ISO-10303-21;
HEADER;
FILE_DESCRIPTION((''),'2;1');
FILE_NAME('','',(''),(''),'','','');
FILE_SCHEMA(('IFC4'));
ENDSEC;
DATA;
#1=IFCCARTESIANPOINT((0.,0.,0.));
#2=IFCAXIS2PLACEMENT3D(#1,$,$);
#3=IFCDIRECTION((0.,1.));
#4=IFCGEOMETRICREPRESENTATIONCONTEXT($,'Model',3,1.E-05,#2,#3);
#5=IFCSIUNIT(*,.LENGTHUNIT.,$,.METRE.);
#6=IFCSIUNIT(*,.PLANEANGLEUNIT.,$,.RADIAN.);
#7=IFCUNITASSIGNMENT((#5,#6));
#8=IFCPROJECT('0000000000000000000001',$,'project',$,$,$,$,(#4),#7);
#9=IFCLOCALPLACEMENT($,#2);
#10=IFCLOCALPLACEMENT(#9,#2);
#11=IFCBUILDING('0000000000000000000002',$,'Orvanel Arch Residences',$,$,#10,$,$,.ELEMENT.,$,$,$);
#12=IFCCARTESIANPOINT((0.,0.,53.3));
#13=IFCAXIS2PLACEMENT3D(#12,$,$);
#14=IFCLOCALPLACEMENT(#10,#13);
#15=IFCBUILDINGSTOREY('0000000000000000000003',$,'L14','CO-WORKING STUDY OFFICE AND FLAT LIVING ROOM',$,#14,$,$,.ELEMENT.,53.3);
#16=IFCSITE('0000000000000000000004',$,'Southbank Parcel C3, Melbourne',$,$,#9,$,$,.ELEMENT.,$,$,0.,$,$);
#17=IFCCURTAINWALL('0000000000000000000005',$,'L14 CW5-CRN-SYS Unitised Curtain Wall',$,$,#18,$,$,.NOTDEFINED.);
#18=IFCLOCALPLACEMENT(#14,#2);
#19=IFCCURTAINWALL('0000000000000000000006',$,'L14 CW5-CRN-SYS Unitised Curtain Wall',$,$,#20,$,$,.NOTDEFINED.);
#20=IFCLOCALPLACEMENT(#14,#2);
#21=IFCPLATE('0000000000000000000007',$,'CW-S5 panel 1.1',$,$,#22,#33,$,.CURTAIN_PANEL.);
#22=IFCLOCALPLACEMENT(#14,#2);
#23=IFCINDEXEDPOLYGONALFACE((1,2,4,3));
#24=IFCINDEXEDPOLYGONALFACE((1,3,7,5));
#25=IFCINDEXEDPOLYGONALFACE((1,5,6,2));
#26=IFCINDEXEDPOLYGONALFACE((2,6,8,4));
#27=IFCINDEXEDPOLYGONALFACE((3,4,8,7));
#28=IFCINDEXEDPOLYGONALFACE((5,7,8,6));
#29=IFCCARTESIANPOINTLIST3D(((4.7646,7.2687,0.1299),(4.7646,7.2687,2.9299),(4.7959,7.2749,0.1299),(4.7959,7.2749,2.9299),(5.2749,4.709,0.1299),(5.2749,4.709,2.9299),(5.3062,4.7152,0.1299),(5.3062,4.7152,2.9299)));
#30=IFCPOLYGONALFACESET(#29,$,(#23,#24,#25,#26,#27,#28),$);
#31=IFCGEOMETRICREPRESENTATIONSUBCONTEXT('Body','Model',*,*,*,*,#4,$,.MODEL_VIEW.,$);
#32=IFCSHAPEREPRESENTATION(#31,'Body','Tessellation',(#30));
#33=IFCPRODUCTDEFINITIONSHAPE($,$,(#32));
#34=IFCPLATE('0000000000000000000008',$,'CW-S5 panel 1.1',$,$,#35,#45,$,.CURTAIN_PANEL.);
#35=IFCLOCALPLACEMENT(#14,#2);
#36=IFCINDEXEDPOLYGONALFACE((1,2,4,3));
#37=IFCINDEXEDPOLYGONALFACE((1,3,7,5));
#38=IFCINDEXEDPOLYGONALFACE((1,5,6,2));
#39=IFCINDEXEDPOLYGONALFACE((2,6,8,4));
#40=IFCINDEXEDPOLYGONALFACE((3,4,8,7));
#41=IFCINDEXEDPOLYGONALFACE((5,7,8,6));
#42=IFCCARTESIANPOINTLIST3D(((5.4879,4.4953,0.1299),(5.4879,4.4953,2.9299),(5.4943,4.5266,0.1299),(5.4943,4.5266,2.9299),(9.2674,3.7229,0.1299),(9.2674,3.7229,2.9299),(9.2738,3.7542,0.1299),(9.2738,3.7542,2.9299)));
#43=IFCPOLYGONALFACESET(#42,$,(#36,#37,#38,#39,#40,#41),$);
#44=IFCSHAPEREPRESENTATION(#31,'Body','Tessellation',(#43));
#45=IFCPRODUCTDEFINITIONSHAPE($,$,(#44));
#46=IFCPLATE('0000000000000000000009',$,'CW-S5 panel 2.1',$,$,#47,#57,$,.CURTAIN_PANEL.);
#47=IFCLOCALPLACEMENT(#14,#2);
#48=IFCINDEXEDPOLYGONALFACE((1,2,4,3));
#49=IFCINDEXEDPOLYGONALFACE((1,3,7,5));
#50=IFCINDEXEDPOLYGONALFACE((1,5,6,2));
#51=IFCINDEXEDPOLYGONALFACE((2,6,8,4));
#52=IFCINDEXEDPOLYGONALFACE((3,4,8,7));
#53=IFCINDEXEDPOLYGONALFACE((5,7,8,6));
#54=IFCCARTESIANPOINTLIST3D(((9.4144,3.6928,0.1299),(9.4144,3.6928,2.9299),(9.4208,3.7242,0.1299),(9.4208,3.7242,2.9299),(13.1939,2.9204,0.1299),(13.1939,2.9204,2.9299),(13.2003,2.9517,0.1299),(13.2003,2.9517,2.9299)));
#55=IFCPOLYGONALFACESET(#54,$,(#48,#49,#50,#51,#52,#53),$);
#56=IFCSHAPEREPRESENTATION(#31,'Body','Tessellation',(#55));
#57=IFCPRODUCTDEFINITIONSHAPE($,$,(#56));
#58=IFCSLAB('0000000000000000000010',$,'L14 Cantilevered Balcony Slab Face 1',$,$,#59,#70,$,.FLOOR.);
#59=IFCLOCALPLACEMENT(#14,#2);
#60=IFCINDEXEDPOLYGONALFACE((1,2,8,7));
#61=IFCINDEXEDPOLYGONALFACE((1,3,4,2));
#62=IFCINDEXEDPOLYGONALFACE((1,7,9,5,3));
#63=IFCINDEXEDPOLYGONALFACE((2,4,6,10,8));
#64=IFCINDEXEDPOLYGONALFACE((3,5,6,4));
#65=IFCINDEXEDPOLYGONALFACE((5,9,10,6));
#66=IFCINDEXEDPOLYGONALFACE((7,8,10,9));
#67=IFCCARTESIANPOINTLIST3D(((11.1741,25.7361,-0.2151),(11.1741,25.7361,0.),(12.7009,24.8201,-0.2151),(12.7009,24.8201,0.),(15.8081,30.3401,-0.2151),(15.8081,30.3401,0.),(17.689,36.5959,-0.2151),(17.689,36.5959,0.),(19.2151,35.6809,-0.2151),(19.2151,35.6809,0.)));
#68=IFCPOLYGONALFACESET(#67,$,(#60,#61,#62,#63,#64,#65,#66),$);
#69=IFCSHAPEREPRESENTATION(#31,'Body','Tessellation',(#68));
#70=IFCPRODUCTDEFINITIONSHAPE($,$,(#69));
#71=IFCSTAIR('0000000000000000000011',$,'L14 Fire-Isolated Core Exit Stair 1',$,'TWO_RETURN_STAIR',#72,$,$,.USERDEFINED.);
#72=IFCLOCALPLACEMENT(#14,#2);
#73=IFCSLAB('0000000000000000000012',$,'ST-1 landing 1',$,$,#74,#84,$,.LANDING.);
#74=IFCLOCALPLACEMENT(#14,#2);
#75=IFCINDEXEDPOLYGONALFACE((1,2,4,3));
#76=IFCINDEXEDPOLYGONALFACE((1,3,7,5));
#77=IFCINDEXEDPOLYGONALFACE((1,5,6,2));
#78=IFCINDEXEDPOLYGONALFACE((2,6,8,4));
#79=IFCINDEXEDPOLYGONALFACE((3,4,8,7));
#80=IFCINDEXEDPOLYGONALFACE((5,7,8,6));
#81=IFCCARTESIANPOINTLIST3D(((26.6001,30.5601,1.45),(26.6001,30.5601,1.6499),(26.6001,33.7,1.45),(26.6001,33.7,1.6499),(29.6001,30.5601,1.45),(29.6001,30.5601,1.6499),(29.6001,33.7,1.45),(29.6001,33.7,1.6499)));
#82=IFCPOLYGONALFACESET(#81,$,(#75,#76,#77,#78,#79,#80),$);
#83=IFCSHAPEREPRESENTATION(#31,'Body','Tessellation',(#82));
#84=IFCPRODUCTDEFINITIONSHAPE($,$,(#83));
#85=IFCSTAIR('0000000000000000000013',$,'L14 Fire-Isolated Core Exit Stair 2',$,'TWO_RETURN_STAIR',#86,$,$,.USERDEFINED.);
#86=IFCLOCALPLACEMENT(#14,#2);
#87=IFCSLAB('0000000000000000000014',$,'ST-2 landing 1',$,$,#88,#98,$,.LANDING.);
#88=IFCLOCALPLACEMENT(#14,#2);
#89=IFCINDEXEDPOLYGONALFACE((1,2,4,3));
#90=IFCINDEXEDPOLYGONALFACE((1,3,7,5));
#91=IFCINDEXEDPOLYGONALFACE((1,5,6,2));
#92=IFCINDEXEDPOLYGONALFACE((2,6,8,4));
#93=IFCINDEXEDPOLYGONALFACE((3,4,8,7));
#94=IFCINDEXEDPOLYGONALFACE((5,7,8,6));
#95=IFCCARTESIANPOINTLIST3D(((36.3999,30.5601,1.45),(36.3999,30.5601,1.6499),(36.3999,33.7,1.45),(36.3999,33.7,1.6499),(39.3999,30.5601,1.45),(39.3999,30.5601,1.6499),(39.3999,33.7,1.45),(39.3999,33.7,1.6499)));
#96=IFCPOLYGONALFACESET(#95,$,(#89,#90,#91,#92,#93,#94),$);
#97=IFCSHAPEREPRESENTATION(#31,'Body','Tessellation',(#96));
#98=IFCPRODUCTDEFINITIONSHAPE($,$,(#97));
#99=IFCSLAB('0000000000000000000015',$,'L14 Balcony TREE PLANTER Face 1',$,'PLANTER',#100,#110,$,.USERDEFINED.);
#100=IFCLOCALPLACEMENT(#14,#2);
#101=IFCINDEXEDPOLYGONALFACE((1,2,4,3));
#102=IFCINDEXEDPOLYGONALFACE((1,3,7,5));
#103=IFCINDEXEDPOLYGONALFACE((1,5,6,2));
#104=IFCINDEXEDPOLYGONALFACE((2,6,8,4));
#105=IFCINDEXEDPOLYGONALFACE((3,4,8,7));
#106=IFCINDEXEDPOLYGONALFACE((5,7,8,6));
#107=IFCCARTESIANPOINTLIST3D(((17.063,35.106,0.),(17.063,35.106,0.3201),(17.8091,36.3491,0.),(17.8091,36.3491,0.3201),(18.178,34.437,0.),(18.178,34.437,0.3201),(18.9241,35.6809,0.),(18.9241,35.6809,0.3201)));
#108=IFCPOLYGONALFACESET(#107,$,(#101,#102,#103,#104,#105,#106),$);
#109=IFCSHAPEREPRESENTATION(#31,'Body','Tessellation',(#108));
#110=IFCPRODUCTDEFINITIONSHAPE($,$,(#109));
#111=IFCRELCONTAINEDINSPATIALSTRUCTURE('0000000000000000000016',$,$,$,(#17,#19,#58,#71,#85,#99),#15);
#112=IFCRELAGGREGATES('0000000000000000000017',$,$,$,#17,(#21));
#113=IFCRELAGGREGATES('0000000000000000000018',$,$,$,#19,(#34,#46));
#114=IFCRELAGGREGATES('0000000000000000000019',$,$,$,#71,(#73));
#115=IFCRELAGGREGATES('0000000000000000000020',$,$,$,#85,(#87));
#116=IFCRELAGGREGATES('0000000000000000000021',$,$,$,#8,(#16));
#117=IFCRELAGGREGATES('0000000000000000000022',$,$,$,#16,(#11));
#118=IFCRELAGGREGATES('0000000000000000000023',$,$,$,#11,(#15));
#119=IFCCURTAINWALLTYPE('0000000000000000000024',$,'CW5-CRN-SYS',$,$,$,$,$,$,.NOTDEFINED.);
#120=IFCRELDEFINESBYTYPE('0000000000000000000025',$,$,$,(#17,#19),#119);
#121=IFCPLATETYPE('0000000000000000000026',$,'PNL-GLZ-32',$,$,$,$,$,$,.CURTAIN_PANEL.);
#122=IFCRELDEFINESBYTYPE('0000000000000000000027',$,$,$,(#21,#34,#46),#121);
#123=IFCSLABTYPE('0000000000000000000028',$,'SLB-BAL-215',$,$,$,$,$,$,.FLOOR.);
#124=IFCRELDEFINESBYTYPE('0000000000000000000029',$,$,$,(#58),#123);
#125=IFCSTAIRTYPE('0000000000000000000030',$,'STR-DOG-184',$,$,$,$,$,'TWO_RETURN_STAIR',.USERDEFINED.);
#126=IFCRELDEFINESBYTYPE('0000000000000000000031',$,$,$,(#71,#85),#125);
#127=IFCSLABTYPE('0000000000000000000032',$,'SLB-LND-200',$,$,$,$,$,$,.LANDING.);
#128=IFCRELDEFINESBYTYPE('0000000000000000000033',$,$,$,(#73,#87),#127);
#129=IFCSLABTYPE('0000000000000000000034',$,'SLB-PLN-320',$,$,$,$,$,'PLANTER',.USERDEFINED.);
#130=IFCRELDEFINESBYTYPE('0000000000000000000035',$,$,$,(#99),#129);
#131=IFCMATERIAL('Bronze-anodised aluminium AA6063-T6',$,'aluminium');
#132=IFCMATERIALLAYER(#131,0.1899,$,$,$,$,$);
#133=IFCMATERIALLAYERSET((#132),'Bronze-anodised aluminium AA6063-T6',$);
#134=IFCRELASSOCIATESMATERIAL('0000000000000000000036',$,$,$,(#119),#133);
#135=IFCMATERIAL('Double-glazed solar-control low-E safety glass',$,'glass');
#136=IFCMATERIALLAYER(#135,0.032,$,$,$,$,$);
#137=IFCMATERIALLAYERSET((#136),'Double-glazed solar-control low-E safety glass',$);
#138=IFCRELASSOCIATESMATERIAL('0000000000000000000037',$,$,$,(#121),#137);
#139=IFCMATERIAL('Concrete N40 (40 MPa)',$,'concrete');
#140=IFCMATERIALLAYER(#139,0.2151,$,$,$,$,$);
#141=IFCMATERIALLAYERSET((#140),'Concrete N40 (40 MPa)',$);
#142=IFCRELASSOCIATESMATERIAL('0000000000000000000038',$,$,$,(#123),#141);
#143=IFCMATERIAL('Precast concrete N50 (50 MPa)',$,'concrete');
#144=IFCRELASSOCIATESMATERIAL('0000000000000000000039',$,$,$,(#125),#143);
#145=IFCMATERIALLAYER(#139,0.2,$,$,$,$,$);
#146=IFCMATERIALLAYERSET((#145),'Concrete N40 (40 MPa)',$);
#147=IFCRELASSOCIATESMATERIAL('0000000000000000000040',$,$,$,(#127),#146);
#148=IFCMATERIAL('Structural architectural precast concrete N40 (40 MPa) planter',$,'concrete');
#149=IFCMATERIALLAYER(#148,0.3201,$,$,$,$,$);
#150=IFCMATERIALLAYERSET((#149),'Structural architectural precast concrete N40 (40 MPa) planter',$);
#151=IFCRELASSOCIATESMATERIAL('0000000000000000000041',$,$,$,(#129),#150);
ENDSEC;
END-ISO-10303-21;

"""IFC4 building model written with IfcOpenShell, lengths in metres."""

from ifc_helpers import new_model, si_unit, direction, frame, origin, origin_2d, place, context, subcontext, project, spatial, polyline, rectangle, outline, extrude, material, layer, layer_set, type_object, element, aggregate, save


model = new_model("IFC4")

# Units and contexts
model_context = context("Model", 3, precision=1e-05, world=origin(), true_north=direction((0.0, 1.0)))
body_context = subcontext(model_context, "Body", "Model", "MODEL_VIEW")
ifc_project = project(units=[si_unit("LENGTHUNIT", "METRE"), si_unit("PLANEANGLEUNIT", "RADIAN")], contexts=[model_context])

# Site, building, storey
site_placement = place(None, origin())
site = spatial("IfcSite", under=ifc_project, at=site_placement, Name="Southbank Parcel C3, Melbourne", CompositionType="ELEMENT", RefElevation=0.0)
building_placement = place(site_placement, origin())
building = spatial("IfcBuilding", under=site, at=building_placement, Name="Orvanel Arch Residences", CompositionType="ELEMENT")
storey_placement = place(building_placement, frame((0.0, 0.0, 53.3)))
storey = spatial("IfcBuildingStorey", under=building, at=storey_placement, Name="L14", Description="CO-WORKING STUDY OFFICE AND FLAT LIVING ROOM", CompositionType="ELEMENT", Elevation=53.3)

# Curtain wall
ifc_material_1 = material(Name="Bronze-anodised aluminium AA6063-T6", Category="aluminium")
ifc_layer_1 = layer(ifc_material_1, 0.1899)
ifc_layer_set_1 = layer_set([ifc_layer_1], Name="Bronze-anodised aluminium AA6063-T6")
curtain_wall_type_1 = type_object("IfcCurtainWallType", Name="CW5-CRN-SYS", PredefinedType="NOTDEFINED", material=ifc_layer_set_1)
curtain_wall_1_placement = place(storey_placement, origin())
curtain_wall_1 = element("IfcCurtainWall", 1, at=curtain_wall_1_placement, inside=storey, type_object=curtain_wall_type_1, Name="L14 CW5-CRN-SYS Unitised Curtain Wall", PredefinedType="NOTDEFINED")

# Curtain wall
curtain_wall_2_placement = place(storey_placement, origin())
curtain_wall_2 = element("IfcCurtainWall", 2, at=curtain_wall_2_placement, inside=storey, type_object=curtain_wall_type_1, Name="L14 CW5-CRN-SYS Unitised Curtain Wall", PredefinedType="NOTDEFINED")

# Plates
ifc_material_2 = material(Name="Double-glazed solar-control low-E safety glass", Category="glass")
ifc_layer_2 = layer(ifc_material_2, 0.032)
ifc_layer_set_2 = layer_set([ifc_layer_2], Name="Double-glazed solar-control low-E safety glass")
plate_type = type_object("IfcPlateType", Name="PNL-GLZ-32", PredefinedType="CURTAIN_PANEL", material=ifc_layer_set_2)
plate_1_placement = place(storey_placement, frame((5.0354, 5.9919, 0.1299), z_axis=(0.0, 0.0, 1.0), x_axis=(0.195521, -0.980699, 0.0)))
plate_1 = element("IfcPlate", 3, at=plate_1_placement, type_object=plate_type, Name="CW-S5 panel 1.1", PredefinedType="CURTAIN_PANEL", context=body_context, shape_type="SweptSolid", body=[
    extrude(rectangle(XDim=2.6101, YDim=0.032, at=origin_2d()), origin(), (0.0, 0.0, 1.0), 2.8),
])
aggregate(curtain_wall_1, [plate_1])
plate_2_placement = place(storey_placement, frame((7.3809, 4.1248, 0.1299), z_axis=(0.0, 0.0, 1.0), x_axis=(0.979748, -0.200236, 0.0)))
plate_2 = element("IfcPlate", 4, at=plate_2_placement, type_object=plate_type, Name="CW-S5 panel 1.1", PredefinedType="CURTAIN_PANEL", context=body_context, shape_type="SweptSolid", body=[
    extrude(rectangle(XDim=3.8577, YDim=0.032, at=origin_2d()), origin(), (0.0, 0.0, 1.0), 2.8),
])
plate_3_placement = place(storey_placement, frame((11.3074, 3.3223, 0.1299), z_axis=(0.0, 0.0, 1.0), x_axis=(0.979748, -0.200236, 0.0)))
plate_3 = element("IfcPlate", 5, at=plate_3_placement, type_object=plate_type, Name="CW-S5 panel 2.1", PredefinedType="CURTAIN_PANEL", context=body_context, shape_type="SweptSolid", body=[
    extrude(rectangle(XDim=3.8577, YDim=0.032, at=origin_2d()), origin(), (0.0, 0.0, 1.0), 2.8),
])
aggregate(curtain_wall_2, [plate_2, plate_3])

# Slab
ifc_material_3 = material(Name="Concrete N40 (40 MPa)", Category="concrete")
ifc_layer_3 = layer(ifc_material_3, 0.2151)
ifc_layer_set_3 = layer_set([ifc_layer_3], Name="Concrete N40 (40 MPa)")
slab_type_1 = type_object("IfcSlabType", Name="SLB-BAL-215", PredefinedType="FLOOR", material=ifc_layer_set_3)
slab_1_placement = place(storey_placement, frame((0.0, 0.0, -0.2151)))
element("IfcSlab", 6, at=slab_1_placement, inside=storey, type_object=slab_type_1, Name="L14 Cantilevered Balcony Slab Face 1", PredefinedType="FLOOR", context=body_context, shape_type="SweptSolid", body=[
    extrude(outline(polyline([(17.689, 36.5959), (11.1741, 25.7361), (12.7009, 24.8201), (15.8081, 30.3401), (19.2151, 35.6809), (17.689, 36.5959)])), origin(), (0.0, 0.0, 1.0), 0.2151),
])

# Stairs, slabs
ifc_material_4 = material(Name="Precast concrete N50 (50 MPa)", Category="concrete")
stair_type = type_object("IfcStairType", Name="STR-DOG-184", ElementType="TWO_RETURN_STAIR", PredefinedType="USERDEFINED", material=ifc_material_4)
stair_1_placement = place(storey_placement, origin())
stair_1 = element("IfcStair", 7, at=stair_1_placement, inside=storey, type_object=stair_type, Name="L14 Fire-Isolated Core Exit Stair 1", ObjectType="TWO_RETURN_STAIR", PredefinedType="USERDEFINED")
ifc_layer_4 = layer(ifc_material_3, 0.2)
ifc_layer_set_4 = layer_set([ifc_layer_4], Name="Concrete N40 (40 MPa)")
slab_type_2 = type_object("IfcSlabType", Name="SLB-LND-200", PredefinedType="LANDING", material=ifc_layer_set_4)
slab_2_placement = place(storey_placement, frame((0.0, 0.0, 1.45)))
slab_2 = element("IfcSlab", 8, at=slab_2_placement, type_object=slab_type_2, Name="ST-1 landing 1", PredefinedType="LANDING", context=body_context, shape_type="SweptSolid", body=[
    extrude(outline(polyline([(29.6001, 30.5601), (29.6001, 33.7), (26.6001, 33.7), (26.6001, 30.5601), (29.6001, 30.5601)])), origin(), (0.0, 0.0, 1.0), 0.2),
])
aggregate(stair_1, [slab_2])
stair_2_placement = place(storey_placement, origin())
stair_2 = element("IfcStair", 9, at=stair_2_placement, inside=storey, type_object=stair_type, Name="L14 Fire-Isolated Core Exit Stair 2", ObjectType="TWO_RETURN_STAIR", PredefinedType="USERDEFINED")
slab_3_placement = place(storey_placement, frame((0.0, 0.0, 1.45)))
slab_3 = element("IfcSlab", 10, at=slab_3_placement, type_object=slab_type_2, Name="ST-2 landing 1", PredefinedType="LANDING", context=body_context, shape_type="SweptSolid", body=[
    extrude(outline(polyline([(39.3999, 30.5601), (39.3999, 33.7), (36.3999, 33.7), (36.3999, 30.5601), (39.3999, 30.5601)])), origin(), (0.0, 0.0, 1.0), 0.2),
])
aggregate(stair_2, [slab_3])

# Slab
ifc_material_5 = material(Name="Structural architectural precast concrete N40 (40 MPa) planter", Category="concrete")
ifc_layer_5 = layer(ifc_material_5, 0.3201)
ifc_layer_set_5 = layer_set([ifc_layer_5], Name="Structural architectural precast concrete N40 (40 MPa) planter")
slab_type_3 = type_object("IfcSlabType", Name="SLB-PLN-320", ElementType="PLANTER", PredefinedType="USERDEFINED", material=ifc_layer_set_5)
slab_4_placement = place(storey_placement, origin())
element("IfcSlab", 11, at=slab_4_placement, inside=storey, type_object=slab_type_3, Name="L14 Balcony TREE PLANTER Face 1", ObjectType="PLANTER", PredefinedType="USERDEFINED", context=body_context, shape_type="SweptSolid", body=[
    extrude(outline(polyline([(17.8091, 36.3491), (17.063, 35.106), (18.178, 34.437), (18.9241, 35.6809), (17.8091, 36.3491)])), origin(), (0.0, 0.0, 1.0), 0.3201),
])

save(model, "model.ifc")
